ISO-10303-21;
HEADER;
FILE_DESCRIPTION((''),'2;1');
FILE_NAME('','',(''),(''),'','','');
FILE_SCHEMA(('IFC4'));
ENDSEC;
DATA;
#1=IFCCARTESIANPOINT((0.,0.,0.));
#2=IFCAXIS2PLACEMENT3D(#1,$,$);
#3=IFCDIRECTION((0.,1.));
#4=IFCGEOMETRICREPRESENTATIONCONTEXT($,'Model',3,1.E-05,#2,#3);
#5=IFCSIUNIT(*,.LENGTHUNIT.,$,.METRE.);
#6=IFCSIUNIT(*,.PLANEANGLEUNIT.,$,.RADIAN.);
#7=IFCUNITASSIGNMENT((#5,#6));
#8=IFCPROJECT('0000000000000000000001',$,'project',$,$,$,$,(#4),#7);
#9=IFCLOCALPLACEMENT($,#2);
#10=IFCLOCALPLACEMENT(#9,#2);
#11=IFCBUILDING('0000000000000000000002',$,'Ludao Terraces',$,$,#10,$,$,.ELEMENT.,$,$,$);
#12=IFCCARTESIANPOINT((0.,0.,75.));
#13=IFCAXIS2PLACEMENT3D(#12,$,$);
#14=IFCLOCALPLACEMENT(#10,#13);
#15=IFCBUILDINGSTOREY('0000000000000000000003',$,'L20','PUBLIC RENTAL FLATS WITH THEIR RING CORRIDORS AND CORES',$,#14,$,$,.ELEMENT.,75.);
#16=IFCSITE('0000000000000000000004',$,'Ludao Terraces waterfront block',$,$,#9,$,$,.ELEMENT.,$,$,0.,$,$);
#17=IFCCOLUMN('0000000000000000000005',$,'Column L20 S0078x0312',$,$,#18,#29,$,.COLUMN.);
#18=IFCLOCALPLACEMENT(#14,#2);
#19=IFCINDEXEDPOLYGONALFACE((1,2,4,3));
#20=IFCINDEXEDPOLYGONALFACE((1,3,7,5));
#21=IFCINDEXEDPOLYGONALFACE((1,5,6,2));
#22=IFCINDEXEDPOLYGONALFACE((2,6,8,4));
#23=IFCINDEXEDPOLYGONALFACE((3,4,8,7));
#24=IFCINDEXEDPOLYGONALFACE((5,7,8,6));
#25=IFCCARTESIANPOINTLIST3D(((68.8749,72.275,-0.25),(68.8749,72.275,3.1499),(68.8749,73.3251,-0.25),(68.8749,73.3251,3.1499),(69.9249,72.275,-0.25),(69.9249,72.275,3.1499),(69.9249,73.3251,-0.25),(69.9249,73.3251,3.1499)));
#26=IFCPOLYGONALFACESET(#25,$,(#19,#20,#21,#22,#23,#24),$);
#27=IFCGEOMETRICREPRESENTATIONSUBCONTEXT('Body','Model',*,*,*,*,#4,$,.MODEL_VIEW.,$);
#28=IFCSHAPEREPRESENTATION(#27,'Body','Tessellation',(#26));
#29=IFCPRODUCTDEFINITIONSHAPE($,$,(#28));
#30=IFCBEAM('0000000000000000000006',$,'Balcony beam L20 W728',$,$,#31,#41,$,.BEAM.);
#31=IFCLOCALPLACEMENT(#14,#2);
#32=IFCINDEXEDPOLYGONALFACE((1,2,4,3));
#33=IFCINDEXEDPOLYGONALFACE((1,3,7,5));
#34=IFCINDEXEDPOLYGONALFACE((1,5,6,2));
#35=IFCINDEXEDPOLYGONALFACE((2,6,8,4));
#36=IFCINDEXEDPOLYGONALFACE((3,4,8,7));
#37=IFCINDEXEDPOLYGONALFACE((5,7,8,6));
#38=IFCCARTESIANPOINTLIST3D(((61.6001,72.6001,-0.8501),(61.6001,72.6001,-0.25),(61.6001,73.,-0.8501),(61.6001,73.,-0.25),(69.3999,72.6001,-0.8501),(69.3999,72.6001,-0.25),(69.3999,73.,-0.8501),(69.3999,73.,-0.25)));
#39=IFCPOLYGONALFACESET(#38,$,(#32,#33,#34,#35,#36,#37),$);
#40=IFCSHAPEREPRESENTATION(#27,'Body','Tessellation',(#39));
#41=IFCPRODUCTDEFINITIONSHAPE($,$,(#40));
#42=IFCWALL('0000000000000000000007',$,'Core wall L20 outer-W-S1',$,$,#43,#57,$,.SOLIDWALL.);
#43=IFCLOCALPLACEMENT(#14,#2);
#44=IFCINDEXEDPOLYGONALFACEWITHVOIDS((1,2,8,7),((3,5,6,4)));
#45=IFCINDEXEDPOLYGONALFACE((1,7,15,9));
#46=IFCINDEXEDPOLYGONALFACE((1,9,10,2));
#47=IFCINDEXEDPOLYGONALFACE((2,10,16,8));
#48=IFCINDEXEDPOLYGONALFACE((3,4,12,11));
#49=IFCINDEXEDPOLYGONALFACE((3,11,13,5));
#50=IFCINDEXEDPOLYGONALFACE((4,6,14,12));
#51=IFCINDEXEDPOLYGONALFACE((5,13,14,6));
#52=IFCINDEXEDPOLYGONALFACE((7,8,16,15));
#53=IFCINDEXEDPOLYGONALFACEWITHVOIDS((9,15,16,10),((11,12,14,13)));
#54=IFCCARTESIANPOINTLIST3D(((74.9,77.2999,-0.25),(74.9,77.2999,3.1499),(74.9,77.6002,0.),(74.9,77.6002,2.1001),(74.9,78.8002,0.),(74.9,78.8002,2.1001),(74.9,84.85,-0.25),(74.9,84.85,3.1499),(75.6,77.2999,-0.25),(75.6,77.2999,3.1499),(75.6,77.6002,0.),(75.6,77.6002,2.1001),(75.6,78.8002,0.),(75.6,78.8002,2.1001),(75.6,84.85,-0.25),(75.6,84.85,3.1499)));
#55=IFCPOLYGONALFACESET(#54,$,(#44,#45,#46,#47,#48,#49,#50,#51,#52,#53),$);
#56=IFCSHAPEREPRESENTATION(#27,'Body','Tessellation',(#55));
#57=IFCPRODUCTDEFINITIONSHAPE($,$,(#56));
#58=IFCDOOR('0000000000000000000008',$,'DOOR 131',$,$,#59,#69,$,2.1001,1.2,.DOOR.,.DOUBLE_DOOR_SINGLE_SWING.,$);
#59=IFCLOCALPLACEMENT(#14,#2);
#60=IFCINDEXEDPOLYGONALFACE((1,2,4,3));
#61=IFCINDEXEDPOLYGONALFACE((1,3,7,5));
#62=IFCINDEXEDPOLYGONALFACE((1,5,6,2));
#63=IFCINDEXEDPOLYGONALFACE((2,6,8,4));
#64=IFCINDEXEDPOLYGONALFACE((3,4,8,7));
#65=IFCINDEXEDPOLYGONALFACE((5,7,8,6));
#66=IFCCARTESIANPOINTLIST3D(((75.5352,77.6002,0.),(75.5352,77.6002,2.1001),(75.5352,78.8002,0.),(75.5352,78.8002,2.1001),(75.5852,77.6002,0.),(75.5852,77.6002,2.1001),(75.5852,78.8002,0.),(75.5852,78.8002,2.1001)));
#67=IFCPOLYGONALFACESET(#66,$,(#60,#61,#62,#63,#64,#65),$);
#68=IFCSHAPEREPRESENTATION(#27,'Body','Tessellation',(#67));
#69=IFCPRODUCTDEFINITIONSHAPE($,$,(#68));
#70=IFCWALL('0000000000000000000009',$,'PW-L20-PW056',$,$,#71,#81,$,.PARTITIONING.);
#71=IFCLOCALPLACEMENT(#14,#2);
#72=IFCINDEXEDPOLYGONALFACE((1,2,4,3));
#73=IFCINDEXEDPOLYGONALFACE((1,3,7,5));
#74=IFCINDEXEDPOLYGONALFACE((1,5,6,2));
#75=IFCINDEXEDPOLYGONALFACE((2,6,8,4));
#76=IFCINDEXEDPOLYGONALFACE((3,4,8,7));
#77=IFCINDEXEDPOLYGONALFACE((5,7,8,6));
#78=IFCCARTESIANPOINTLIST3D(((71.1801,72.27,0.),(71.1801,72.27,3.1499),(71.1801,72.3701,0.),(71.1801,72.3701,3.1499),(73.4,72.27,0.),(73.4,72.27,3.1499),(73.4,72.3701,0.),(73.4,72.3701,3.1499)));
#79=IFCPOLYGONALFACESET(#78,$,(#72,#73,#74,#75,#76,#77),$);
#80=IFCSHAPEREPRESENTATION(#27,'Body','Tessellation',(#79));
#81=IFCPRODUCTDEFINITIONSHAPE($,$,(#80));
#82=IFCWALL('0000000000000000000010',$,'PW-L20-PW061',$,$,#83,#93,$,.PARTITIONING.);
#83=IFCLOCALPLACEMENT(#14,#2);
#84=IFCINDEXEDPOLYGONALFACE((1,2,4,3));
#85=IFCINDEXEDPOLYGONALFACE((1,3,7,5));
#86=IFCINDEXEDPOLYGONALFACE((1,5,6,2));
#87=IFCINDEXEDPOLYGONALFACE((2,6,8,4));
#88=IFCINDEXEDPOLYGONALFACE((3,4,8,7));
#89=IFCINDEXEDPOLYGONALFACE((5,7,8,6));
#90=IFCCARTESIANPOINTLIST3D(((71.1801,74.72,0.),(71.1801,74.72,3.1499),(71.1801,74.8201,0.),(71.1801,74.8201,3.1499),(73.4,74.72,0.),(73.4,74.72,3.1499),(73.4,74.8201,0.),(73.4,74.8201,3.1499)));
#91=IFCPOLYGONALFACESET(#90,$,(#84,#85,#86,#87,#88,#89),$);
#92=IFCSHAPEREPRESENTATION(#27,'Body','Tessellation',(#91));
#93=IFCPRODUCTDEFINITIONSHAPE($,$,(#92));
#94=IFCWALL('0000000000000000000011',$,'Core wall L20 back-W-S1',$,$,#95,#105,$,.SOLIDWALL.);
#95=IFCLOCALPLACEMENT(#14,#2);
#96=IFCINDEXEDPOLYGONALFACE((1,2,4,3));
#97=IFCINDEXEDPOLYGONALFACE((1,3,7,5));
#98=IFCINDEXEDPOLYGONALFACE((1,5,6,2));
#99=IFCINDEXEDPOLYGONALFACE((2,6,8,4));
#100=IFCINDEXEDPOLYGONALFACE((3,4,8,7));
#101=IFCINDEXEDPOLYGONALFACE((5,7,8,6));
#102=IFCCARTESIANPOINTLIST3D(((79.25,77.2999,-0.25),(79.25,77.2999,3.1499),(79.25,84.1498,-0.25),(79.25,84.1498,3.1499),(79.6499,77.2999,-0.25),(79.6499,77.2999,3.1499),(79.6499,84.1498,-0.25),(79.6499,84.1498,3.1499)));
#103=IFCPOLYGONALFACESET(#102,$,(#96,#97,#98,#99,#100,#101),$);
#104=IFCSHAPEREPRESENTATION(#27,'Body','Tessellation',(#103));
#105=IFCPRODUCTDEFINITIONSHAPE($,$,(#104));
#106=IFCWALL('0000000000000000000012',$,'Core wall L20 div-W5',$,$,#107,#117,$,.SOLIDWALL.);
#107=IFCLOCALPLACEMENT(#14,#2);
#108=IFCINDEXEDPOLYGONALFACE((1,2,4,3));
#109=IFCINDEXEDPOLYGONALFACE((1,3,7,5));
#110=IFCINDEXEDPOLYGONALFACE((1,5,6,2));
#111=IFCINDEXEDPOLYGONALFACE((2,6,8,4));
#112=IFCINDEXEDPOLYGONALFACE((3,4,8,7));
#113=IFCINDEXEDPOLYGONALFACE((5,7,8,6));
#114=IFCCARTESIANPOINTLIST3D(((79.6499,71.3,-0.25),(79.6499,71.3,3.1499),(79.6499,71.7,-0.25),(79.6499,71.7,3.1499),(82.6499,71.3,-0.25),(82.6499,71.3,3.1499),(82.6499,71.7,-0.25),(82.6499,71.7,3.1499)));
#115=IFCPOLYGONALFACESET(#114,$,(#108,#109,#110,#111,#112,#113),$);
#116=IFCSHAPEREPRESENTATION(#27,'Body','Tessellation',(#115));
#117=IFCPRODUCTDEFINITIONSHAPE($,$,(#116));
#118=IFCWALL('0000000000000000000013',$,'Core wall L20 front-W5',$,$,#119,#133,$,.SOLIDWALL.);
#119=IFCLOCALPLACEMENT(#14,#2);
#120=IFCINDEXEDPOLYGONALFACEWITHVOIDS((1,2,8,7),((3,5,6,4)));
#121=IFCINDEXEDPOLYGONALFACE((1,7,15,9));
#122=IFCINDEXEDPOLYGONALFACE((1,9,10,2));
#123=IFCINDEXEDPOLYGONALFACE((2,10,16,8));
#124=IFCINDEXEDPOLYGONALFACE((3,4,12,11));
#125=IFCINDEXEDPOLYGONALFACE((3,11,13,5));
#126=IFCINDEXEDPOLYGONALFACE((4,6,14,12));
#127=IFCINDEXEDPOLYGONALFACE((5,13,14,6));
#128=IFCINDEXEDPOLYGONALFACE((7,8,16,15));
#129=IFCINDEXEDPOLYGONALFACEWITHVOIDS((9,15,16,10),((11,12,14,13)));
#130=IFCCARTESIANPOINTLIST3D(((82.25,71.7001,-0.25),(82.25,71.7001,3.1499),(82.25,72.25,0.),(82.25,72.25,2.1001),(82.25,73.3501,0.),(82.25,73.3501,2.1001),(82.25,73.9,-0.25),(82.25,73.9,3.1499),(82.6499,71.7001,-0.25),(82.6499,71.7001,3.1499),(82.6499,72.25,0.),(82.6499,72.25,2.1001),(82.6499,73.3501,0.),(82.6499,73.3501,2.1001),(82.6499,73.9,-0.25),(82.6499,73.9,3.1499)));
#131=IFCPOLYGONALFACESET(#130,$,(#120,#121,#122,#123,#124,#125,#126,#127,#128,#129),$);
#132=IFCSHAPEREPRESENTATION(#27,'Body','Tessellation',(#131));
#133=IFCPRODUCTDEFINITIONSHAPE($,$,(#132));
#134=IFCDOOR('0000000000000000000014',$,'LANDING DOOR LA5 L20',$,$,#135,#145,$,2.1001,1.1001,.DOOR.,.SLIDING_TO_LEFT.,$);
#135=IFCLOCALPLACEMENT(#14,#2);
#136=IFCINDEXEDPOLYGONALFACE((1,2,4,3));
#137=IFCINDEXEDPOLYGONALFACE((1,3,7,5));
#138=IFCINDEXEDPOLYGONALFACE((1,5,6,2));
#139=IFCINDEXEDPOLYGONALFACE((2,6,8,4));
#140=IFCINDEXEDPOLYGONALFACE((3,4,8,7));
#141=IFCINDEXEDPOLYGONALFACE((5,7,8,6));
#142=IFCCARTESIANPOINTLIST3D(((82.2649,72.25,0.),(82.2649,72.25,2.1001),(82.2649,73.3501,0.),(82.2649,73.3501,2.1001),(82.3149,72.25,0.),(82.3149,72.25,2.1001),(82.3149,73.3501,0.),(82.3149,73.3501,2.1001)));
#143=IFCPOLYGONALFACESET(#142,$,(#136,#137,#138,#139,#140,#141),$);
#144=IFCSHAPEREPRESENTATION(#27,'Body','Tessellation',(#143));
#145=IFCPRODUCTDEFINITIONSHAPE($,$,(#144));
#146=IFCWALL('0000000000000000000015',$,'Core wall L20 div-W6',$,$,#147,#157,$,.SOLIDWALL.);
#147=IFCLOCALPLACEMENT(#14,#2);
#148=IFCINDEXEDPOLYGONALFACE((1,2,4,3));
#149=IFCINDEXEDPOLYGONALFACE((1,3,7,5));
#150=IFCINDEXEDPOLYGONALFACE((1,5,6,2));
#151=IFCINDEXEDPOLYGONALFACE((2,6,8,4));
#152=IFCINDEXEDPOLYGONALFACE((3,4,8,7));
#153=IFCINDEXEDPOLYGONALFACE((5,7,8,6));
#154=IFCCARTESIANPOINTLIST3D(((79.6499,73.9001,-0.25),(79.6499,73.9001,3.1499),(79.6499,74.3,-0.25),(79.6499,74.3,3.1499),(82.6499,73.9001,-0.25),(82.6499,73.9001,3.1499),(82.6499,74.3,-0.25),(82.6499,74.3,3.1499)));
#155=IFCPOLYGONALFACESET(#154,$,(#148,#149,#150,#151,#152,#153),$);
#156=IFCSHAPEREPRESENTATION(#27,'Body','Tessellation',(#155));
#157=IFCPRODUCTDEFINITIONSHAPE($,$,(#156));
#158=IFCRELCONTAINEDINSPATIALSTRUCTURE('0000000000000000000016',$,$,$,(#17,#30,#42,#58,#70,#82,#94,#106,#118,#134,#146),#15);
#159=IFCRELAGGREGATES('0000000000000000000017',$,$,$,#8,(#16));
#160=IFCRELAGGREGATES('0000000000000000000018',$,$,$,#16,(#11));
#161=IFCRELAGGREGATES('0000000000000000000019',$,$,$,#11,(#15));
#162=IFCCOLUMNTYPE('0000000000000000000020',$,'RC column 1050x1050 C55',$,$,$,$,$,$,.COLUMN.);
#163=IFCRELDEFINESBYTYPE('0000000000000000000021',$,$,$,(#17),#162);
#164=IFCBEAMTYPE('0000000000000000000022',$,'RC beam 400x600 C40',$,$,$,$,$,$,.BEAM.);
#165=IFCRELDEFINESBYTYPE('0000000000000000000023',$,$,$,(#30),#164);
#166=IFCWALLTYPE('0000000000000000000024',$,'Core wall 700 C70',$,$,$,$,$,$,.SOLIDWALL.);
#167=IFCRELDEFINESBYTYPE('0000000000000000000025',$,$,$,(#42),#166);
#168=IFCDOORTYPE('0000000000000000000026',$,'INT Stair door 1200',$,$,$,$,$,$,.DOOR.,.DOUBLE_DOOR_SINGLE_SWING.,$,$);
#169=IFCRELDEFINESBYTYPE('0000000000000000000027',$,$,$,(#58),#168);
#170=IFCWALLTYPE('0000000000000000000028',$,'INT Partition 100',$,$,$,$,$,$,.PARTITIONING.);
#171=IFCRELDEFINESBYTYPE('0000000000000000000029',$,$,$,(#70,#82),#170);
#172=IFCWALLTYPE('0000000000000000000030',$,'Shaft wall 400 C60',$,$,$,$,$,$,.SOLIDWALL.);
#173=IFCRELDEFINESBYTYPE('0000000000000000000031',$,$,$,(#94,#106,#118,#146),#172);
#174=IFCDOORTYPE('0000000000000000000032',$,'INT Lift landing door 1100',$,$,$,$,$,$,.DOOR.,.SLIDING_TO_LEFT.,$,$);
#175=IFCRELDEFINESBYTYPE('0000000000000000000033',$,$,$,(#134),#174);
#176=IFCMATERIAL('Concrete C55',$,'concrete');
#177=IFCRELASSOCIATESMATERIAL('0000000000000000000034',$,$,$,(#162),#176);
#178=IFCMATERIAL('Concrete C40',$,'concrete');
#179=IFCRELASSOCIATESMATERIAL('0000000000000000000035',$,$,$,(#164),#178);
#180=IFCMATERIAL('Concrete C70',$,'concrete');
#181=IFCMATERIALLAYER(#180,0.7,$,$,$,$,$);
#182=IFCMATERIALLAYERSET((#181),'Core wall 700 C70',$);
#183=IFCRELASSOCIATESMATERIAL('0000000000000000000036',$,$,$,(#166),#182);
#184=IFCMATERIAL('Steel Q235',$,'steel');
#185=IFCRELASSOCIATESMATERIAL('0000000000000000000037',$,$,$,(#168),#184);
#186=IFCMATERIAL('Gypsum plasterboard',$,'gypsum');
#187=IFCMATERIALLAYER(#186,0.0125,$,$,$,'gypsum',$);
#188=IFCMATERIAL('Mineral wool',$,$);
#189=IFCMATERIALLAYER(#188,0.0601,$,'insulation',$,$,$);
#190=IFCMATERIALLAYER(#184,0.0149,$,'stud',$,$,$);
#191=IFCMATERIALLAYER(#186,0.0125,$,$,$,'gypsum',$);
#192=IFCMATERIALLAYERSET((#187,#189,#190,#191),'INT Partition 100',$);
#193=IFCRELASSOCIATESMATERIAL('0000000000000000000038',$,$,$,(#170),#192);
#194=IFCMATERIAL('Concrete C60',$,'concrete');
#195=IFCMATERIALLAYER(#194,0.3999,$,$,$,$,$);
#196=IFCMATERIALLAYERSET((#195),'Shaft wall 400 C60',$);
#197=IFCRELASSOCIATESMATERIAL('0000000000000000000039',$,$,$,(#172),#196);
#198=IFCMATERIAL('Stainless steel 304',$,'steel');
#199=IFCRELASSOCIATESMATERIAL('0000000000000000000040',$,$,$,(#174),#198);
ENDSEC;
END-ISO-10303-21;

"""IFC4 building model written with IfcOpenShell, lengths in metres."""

from ifc_helpers import new_model, si_unit, direction, frame, frame_2d, origin, origin_2d, place, context, subcontext, project, spatial, rectangle, extrude, material, layer, layer_set, material_profile, profile_set, type_object, element, fill, save


model = new_model("IFC4")

# Units and contexts
model_context = context("Model", 3, precision=1e-05, world=origin(), true_north=direction((0.0, 1.0)))
body_context = subcontext(model_context, "Body", "Model", "MODEL_VIEW")
ifc_project = project(units=[si_unit("LENGTHUNIT", "METRE"), si_unit("PLANEANGLEUNIT", "RADIAN")], contexts=[model_context])

# Site, building, storey
site_placement = place(None, origin())
site = spatial("IfcSite", under=ifc_project, at=site_placement, Name="Ludao Terraces waterfront block", CompositionType="ELEMENT", RefElevation=0.0)
building_placement = place(site_placement, origin())
building = spatial("IfcBuilding", under=site, at=building_placement, Name="Ludao Terraces", CompositionType="ELEMENT")
storey_placement = place(building_placement, frame((0.0, 0.0, 75.0)))
storey = spatial("IfcBuildingStorey", under=building, at=storey_placement, Name="L20", Description="PUBLIC RENTAL FLATS WITH THEIR RING CORRIDORS AND CORES", CompositionType="ELEMENT", Elevation=75.0)

# Column
ifc_material_1 = material(Name="Concrete C55", Category="concrete")
ifc_material_profile_1 = material_profile(ifc_material_1, rectangle(XDim=1.05, YDim=1.05, at=origin_2d()), Name="1050 X 1050")
ifc_profile_set_1 = profile_set([ifc_material_profile_1], Name="Concrete C55")
column_type = type_object("IfcColumnType", Name="RC column 1050x1050 C55", PredefinedType="COLUMN", material=ifc_profile_set_1)
column_placement = place(storey_placement, frame((69.3999, 72.8, -0.25), z_axis=(0.0, 0.0, 1.0), x_axis=(1.0, 0.0, 0.0)))
element("IfcColumn", 1, at=column_placement, inside=storey, type_object=column_type, Name="Column L20 S0078x0312", PredefinedType="COLUMN", context=body_context, shape_type="SweptSolid", body=[
    extrude(rectangle(XDim=1.05, YDim=1.05, at=origin_2d()), origin(), (0.0, 0.0, 1.0), 3.3999),
])

# Beam
ifc_material_2 = material(Name="Concrete C40", Category="concrete")
ifc_material_profile_2 = material_profile(ifc_material_2, rectangle(XDim=0.3999, YDim=0.6001, at=origin_2d()), Name="400 X 600")
ifc_profile_set_2 = profile_set([ifc_material_profile_2], Name="Concrete C40")
beam_type = type_object("IfcBeamType", Name="RC beam 400x600 C40", PredefinedType="BEAM", material=ifc_profile_set_2)
beam_placement = place(storey_placement, frame((69.3999, 72.8, -0.55), z_axis=(-1.0, 0.0, 0.0), x_axis=(0.0, -1.0, 0.0)))
element("IfcBeam", 2, at=beam_placement, inside=storey, type_object=beam_type, Name="Balcony beam L20 W728", PredefinedType="BEAM", context=body_context, shape_type="SweptSolid", body=[
    extrude(rectangle(XDim=0.3999, YDim=0.6001, at=origin_2d()), origin(), (0.0, 0.0, 1.0), 7.7998),
])

# Wall, opening, door
ifc_material_3 = material(Name="Concrete C70", Category="concrete")
ifc_layer_1 = layer(ifc_material_3, 0.7)
ifc_layer_set_1 = layer_set([ifc_layer_1], Name="Core wall 700 C70")
wall_type_1 = type_object("IfcWallType", Name="Core wall 700 C70", PredefinedType="SOLIDWALL", material=ifc_layer_set_1)
wall_1_placement = place(storey_placement, frame((75.25, 77.3, -0.25), z_axis=(0.0, 0.0, 1.0), x_axis=(0.0, 1.0, 0.0)))
wall_1 = element("IfcWall", 3, at=wall_1_placement, inside=storey, type_object=wall_type_1, Name="Core wall L20 outer-W-S1", PredefinedType="SOLIDWALL", context=body_context, shape_type="SweptSolid", body=[
    extrude(rectangle(XDim=7.55, YDim=0.7, at=frame_2d((3.7749, 0.0))), origin(), (0.0, 0.0, 1.0), 3.3999),
])
opening_1_placement = place(wall_1_placement, frame((0.3, 0.0, 0.25)))
opening_1 = element("IfcOpeningElement", 4, at=opening_1_placement, cuts=wall_1, PredefinedType="OPENING", context=body_context, shape_type="SweptSolid", body=[
    extrude(rectangle(XDim=1.2, YDim=2.1001, at=frame_2d((0.6001, 1.05))), frame((0.0, 0.3599, 0.0), z_axis=(0.0, -1.0, 0.0), x_axis=(1.0, 0.0, 0.0)), (0.0, 0.0, 1.0), 0.72),
])
ifc_material_4 = material(Name="Steel Q235", Category="steel")
door_type_1 = type_object("IfcDoorType", Name="INT Stair door 1200", OperationType="DOUBLE_DOOR_SINGLE_SWING", PredefinedType="DOOR", material=ifc_material_4)
door_1_placement = place(opening_1_placement, origin())
door_1 = element("IfcDoor", 5, at=door_1_placement, inside=storey, type_object=door_type_1, Name="DOOR 131", OperationType="DOUBLE_DOOR_SINGLE_SWING", OverallHeight=2.1001, OverallWidth=1.2, PredefinedType="DOOR", context=body_context, shape_type="SweptSolid", body=[
    extrude(rectangle(XDim=1.2, YDim=2.1001, at=frame_2d((0.6001, 1.05))), frame((0.0, -0.2852, 0.0), z_axis=(0.0, -1.0, 0.0), x_axis=(1.0, 0.0, 0.0)), (0.0, 0.0, 1.0), 0.05),
])
fill(opening_1, door_1)

# Walls
ifc_material_5 = material(Name="Gypsum plasterboard", Category="gypsum")
ifc_layer_2 = layer(ifc_material_5, 0.0125, Category="gypsum")
ifc_material_6 = material(Name="Mineral wool")
ifc_layer_3 = layer(ifc_material_6, 0.0601, Name="insulation")
ifc_layer_4 = layer(ifc_material_4, 0.0149, Name="stud")
ifc_layer_5 = layer(ifc_material_5, 0.0125, Category="gypsum")
ifc_layer_set_2 = layer_set([ifc_layer_2, ifc_layer_3, ifc_layer_4, ifc_layer_5], Name="INT Partition 100")
wall_type_2 = type_object("IfcWallType", Name="INT Partition 100", PredefinedType="PARTITIONING", material=ifc_layer_set_2)
for number, where, z_axis, x_axis, name in (
    (6, (71.1802, 72.3201, 0.0), (0.0, 0.0, 1.0), (1.0, 0.0, 0.0), "PW-L20-PW056"),
    (7, (71.1802, 74.77, 0.0), (0.0, 0.0, 1.0), (1.0, 0.0, 0.0), "PW-L20-PW061"),
):
    element("IfcWall", number, at=place(storey_placement, frame(where, z_axis=z_axis, x_axis=x_axis)), inside=storey, type_object=wall_type_2, Name=name, PredefinedType="PARTITIONING", context=body_context, shape_type="SweptSolid", body=[
        extrude(rectangle(XDim=2.22, YDim=0.1001, at=frame_2d((1.1099, 0.0))), origin(), (0.0, 0.0, 1.0), 3.1499),
    ])
ifc_material_7 = material(Name="Concrete C60", Category="concrete")
ifc_layer_6 = layer(ifc_material_7, 0.3999)
ifc_layer_set_3 = layer_set([ifc_layer_6], Name="Shaft wall 400 C60")
wall_type_3 = type_object("IfcWallType", Name="Shaft wall 400 C60", PredefinedType="SOLIDWALL", material=ifc_layer_set_3)
wall_2_placement = place(storey_placement, frame((79.45, 77.3, -0.25), z_axis=(0.0, 0.0, 1.0), x_axis=(0.0, 1.0, 0.0)))
element("IfcWall", 8, at=wall_2_placement, inside=storey, type_object=wall_type_3, Name="Core wall L20 back-W-S1", PredefinedType="SOLIDWALL", context=body_context, shape_type="SweptSolid", body=[
    extrude(rectangle(XDim=6.8499, YDim=0.3999, at=frame_2d((3.4248, 0.0))), origin(), (0.0, 0.0, 1.0), 3.3999),
])
wall_3_placement = place(storey_placement, frame((79.6499, 71.5, -0.25), z_axis=(0.0, 0.0, 1.0), x_axis=(1.0, 0.0, 0.0)))
element("IfcWall", 9, at=wall_3_placement, inside=storey, type_object=wall_type_3, Name="Core wall L20 div-W5", PredefinedType="SOLIDWALL", context=body_context, shape_type="SweptSolid", body=[
    extrude(rectangle(XDim=3.0, YDim=0.3999, at=frame_2d((1.5, 0.0))), origin(), (0.0, 0.0, 1.0), 3.3999),
])

# Wall, opening, door
wall_4_placement = place(storey_placement, frame((82.45, 71.7, -0.25), z_axis=(0.0, 0.0, 1.0), x_axis=(0.0, 1.0, 0.0)))
wall_4 = element("IfcWall", 10, at=wall_4_placement, inside=storey, type_object=wall_type_3, Name="Core wall L20 front-W5", PredefinedType="SOLIDWALL", context=body_context, shape_type="SweptSolid", body=[
    extrude(rectangle(XDim=2.2, YDim=0.3999, at=frame_2d((1.1001, 0.0))), origin(), (0.0, 0.0, 1.0), 3.3999),
])
opening_2_placement = place(wall_4_placement, frame((0.55, 0.0, 0.25)))
opening_2 = element("IfcOpeningElement", 11, at=opening_2_placement, cuts=wall_4, PredefinedType="OPENING", context=body_context, shape_type="SweptSolid", body=[
    extrude(rectangle(XDim=1.1001, YDim=2.1001, at=frame_2d((0.55, 1.05))), frame((0.0, 0.21, 0.0), z_axis=(0.0, -1.0, 0.0), x_axis=(1.0, 0.0, 0.0)), (0.0, 0.0, 1.0), 0.4199),
])
ifc_material_8 = material(Name="Stainless steel 304", Category="steel")
door_type_2 = type_object("IfcDoorType", Name="INT Lift landing door 1100", OperationType="SLIDING_TO_LEFT", PredefinedType="DOOR", material=ifc_material_8)
door_2_placement = place(opening_2_placement, origin())
door_2 = element("IfcDoor", 12, at=door_2_placement, inside=storey, type_object=door_type_2, Name="LANDING DOOR LA5 L20", OperationType="SLIDING_TO_LEFT", OverallHeight=2.1001, OverallWidth=1.1001, PredefinedType="DOOR", context=body_context, shape_type="SweptSolid", body=[
    extrude(rectangle(XDim=1.1001, YDim=2.1001, at=frame_2d((0.55, 1.05))), frame((0.0, 0.1851, 0.0), z_axis=(0.0, -1.0, 0.0), x_axis=(1.0, 0.0, 0.0)), (0.0, 0.0, 1.0), 0.05),
])
fill(opening_2, door_2)

# Wall
wall_5_placement = place(storey_placement, frame((79.6499, 74.1001, -0.25), z_axis=(0.0, 0.0, 1.0), x_axis=(1.0, 0.0, 0.0)))
element("IfcWall", 13, at=wall_5_placement, inside=storey, type_object=wall_type_3, Name="Core wall L20 div-W6", PredefinedType="SOLIDWALL", context=body_context, shape_type="SweptSolid", body=[
    extrude(rectangle(XDim=3.0, YDim=0.3999, at=frame_2d((1.5, 0.0))), origin(), (0.0, 0.0, 1.0), 3.3999),
])

save(model, "model.ifc")
